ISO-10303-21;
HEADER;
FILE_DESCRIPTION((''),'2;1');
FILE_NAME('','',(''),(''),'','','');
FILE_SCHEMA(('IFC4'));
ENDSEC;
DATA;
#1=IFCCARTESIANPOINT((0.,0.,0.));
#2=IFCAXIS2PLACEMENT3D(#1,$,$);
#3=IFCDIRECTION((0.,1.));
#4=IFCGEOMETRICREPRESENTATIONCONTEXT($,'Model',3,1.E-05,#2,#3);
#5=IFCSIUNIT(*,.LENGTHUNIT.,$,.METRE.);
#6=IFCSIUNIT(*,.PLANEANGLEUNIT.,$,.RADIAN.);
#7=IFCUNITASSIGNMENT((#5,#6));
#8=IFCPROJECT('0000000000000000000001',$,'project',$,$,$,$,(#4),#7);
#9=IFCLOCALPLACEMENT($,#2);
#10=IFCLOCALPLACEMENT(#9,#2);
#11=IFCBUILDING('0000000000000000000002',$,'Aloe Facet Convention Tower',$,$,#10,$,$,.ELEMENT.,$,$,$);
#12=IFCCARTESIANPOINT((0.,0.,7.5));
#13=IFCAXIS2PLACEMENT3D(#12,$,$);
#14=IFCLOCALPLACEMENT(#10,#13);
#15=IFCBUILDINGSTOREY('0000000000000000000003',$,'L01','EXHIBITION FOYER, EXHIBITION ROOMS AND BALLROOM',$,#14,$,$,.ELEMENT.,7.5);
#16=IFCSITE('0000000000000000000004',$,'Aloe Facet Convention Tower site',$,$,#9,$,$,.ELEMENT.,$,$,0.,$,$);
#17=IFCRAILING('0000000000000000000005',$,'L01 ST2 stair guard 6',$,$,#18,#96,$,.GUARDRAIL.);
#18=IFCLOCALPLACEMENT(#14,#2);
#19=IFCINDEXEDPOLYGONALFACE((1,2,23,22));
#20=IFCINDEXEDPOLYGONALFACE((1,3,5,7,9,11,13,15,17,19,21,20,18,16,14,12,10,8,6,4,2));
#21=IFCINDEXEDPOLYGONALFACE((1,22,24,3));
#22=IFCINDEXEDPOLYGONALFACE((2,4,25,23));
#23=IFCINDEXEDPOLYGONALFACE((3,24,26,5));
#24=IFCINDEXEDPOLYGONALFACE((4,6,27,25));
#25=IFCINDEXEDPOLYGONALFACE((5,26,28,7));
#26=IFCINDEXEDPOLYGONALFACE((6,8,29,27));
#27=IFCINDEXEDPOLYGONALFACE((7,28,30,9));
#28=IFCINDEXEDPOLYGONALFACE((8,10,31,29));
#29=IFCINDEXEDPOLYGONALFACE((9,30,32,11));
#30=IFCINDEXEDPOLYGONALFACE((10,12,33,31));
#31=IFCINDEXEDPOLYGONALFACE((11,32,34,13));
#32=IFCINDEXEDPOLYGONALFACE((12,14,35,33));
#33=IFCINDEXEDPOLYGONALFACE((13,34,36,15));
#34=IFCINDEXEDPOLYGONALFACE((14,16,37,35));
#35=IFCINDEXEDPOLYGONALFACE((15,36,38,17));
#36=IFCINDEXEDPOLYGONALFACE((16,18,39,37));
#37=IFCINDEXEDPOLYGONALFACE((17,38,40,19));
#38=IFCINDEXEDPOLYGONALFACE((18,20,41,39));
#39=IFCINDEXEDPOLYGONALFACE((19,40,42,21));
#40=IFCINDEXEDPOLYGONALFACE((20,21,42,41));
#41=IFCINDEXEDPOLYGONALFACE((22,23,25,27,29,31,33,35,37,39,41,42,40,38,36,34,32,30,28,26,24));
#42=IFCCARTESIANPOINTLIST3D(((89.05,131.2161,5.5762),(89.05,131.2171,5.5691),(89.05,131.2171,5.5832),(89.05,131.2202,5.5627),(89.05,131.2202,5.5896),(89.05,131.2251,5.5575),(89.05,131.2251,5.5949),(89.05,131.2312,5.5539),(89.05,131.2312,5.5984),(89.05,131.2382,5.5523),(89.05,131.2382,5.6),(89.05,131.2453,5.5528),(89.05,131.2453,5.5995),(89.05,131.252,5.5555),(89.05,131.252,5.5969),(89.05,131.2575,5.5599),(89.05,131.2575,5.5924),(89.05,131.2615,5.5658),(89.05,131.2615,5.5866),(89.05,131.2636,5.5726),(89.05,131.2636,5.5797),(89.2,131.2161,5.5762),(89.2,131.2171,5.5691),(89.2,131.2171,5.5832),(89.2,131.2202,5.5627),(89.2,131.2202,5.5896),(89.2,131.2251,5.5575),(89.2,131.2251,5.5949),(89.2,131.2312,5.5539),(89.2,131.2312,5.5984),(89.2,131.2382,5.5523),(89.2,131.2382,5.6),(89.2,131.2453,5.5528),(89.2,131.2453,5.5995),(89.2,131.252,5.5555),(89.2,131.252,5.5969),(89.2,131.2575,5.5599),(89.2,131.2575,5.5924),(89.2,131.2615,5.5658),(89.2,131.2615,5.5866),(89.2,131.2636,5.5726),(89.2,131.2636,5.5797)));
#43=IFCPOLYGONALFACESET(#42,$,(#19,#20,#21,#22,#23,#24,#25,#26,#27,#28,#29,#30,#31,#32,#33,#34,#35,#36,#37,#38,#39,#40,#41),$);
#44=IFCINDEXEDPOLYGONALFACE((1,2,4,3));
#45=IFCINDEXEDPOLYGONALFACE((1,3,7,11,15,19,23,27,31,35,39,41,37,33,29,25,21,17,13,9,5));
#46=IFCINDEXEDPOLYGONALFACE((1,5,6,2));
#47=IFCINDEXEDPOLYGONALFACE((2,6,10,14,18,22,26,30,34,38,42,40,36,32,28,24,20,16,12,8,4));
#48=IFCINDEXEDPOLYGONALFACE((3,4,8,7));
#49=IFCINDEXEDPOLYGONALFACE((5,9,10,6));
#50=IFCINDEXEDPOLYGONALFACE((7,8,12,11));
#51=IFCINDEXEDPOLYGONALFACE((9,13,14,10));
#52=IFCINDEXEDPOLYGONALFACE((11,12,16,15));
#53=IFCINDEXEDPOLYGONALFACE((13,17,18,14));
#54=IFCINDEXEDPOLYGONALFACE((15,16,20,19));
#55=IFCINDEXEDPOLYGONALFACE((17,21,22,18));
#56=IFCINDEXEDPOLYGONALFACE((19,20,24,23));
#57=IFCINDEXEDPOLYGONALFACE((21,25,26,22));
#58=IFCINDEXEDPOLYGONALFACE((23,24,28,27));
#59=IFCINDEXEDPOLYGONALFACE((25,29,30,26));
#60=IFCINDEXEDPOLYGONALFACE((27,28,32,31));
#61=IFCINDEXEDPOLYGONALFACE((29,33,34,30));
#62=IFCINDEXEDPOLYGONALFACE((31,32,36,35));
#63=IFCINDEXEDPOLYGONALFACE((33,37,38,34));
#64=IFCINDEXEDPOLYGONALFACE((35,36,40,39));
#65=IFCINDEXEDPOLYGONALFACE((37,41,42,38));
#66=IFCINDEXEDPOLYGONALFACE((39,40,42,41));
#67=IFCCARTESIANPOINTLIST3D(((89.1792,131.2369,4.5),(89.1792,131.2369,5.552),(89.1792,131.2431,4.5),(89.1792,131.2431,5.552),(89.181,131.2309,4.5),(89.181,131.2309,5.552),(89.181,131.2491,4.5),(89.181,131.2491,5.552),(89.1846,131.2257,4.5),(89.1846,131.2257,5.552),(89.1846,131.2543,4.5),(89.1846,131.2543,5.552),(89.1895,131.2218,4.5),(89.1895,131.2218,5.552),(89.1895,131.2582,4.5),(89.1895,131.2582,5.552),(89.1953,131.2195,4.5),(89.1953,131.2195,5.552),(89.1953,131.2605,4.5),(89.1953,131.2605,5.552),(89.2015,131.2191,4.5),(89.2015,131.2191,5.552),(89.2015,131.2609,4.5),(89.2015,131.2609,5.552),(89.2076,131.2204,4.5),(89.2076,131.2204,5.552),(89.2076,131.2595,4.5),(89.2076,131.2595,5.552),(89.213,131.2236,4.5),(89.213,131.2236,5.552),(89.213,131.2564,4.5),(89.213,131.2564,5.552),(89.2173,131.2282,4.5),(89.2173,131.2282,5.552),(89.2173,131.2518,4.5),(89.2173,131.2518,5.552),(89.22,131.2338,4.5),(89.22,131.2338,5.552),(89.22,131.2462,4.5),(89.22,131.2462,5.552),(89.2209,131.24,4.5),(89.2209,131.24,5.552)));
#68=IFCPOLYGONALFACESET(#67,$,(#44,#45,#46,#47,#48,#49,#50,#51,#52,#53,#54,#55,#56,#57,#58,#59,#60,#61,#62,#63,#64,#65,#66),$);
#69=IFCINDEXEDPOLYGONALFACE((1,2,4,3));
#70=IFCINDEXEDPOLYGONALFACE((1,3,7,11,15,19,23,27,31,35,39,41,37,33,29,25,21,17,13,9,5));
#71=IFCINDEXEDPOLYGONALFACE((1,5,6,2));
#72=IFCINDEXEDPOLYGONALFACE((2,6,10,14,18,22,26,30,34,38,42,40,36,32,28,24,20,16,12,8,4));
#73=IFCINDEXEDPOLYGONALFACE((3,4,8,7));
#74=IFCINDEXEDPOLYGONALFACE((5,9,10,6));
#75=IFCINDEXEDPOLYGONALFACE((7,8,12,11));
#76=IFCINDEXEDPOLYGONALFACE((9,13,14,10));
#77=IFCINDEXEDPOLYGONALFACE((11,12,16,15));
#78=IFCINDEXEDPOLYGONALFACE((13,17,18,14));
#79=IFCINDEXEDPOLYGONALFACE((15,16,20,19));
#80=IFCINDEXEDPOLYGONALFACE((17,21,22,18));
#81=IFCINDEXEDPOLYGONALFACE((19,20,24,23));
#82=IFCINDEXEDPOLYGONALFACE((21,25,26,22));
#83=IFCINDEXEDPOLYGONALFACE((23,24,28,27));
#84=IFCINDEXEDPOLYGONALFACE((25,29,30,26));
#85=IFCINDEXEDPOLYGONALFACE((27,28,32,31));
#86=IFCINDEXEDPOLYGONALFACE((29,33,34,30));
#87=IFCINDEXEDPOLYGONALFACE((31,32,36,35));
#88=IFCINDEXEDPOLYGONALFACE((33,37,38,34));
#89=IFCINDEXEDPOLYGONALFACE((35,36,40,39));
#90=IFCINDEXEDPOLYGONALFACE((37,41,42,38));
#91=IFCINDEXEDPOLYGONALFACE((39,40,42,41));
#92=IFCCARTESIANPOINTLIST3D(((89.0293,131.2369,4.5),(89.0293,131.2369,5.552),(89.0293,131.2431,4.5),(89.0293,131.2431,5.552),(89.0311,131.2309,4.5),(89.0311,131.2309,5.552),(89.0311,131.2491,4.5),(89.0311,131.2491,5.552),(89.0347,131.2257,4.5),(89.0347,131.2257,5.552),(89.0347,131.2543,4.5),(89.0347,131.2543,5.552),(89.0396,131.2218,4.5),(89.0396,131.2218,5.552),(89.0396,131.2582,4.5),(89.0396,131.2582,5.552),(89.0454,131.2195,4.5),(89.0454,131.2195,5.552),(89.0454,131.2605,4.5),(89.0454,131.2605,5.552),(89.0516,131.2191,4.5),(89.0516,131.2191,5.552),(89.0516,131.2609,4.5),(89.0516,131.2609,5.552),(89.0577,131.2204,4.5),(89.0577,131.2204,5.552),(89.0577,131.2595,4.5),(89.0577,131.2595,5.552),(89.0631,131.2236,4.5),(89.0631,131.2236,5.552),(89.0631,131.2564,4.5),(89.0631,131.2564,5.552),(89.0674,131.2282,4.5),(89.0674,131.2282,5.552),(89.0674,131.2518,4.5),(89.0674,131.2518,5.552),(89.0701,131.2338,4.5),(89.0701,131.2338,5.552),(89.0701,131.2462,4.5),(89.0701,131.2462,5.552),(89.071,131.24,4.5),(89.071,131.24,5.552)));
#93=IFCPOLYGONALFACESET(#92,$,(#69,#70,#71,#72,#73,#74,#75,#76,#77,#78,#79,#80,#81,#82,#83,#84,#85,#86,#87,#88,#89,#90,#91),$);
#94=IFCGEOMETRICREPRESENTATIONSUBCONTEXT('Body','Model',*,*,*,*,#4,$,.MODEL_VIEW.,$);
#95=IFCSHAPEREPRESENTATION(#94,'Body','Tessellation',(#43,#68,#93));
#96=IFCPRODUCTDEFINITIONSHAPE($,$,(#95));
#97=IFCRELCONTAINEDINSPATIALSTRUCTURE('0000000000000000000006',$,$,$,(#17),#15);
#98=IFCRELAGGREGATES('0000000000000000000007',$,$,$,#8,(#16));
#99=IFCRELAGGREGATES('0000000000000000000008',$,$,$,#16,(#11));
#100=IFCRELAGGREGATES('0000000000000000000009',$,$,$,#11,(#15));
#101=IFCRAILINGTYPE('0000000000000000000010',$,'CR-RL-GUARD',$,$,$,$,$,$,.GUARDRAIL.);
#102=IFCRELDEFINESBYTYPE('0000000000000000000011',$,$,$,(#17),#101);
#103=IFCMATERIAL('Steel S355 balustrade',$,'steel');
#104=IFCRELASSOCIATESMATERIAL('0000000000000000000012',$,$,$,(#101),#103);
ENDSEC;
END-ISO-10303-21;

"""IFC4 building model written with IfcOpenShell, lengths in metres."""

from ifc_helpers import new_model, si_unit, direction, frame, origin, origin_2d, place, context, subcontext, project, spatial, circle, extrude, material, type_object, element, save


model = new_model("IFC4")

# Units and contexts
model_context = context("Model", 3, precision=1e-05, world=origin(), true_north=direction((0.0, 1.0)))
body_context = subcontext(model_context, "Body", "Model", "MODEL_VIEW")
ifc_project = project(units=[si_unit("LENGTHUNIT", "METRE"), si_unit("PLANEANGLEUNIT", "RADIAN")], contexts=[model_context])

# Site, building, storey
site_placement = place(None, origin())
site = spatial("IfcSite", under=ifc_project, at=site_placement, Name="Aloe Facet Convention Tower site", CompositionType="ELEMENT", RefElevation=0.0)
building_placement = place(site_placement, origin())
building = spatial("IfcBuilding", under=site, at=building_placement, Name="Aloe Facet Convention Tower", CompositionType="ELEMENT")
storey_placement = place(building_placement, frame((0.0, 0.0, 7.5)))
storey = spatial("IfcBuildingStorey", under=building, at=storey_placement, Name="L01", Description="EXHIBITION FOYER, EXHIBITION ROOMS AND BALLROOM", CompositionType="ELEMENT", Elevation=7.5)

# Railing
ifc_material_1 = material(Name="Steel S355 balustrade", Category="steel")
railing_type_1 = type_object("IfcRailingType", Name="CR-RL-GUARD", PredefinedType="GUARDRAIL", material=ifc_material_1)
railing_1_placement = place(storey_placement, frame((89.2, 131.24, 4.5)))
element("IfcRailing", 1, at=railing_1_placement, inside=storey, type_object=railing_type_1, Name="L01 ST2 stair guard 6", PredefinedType="GUARDRAIL", context=body_context, shape_type="SweptSolid", body=[
    extrude(circle(Radius=0.0239, at=origin_2d()), frame((0.0, 0.0, 1.0762), z_axis=(-1.0, 0.0, 0.0), x_axis=(0.0, -1.0, 0.0)), (0.0, 0.0, 1.0), 0.1499),
    extrude(circle(Radius=0.021, at=origin_2d()), origin(), (0.0, 0.0, 1.0), 1.052),
    extrude(circle(Radius=0.021, at=origin_2d()), frame((-0.1499, 0.0, 0.0)), (0.0, 0.0, 1.0), 1.052),
])

save(model, "model.ifc")
